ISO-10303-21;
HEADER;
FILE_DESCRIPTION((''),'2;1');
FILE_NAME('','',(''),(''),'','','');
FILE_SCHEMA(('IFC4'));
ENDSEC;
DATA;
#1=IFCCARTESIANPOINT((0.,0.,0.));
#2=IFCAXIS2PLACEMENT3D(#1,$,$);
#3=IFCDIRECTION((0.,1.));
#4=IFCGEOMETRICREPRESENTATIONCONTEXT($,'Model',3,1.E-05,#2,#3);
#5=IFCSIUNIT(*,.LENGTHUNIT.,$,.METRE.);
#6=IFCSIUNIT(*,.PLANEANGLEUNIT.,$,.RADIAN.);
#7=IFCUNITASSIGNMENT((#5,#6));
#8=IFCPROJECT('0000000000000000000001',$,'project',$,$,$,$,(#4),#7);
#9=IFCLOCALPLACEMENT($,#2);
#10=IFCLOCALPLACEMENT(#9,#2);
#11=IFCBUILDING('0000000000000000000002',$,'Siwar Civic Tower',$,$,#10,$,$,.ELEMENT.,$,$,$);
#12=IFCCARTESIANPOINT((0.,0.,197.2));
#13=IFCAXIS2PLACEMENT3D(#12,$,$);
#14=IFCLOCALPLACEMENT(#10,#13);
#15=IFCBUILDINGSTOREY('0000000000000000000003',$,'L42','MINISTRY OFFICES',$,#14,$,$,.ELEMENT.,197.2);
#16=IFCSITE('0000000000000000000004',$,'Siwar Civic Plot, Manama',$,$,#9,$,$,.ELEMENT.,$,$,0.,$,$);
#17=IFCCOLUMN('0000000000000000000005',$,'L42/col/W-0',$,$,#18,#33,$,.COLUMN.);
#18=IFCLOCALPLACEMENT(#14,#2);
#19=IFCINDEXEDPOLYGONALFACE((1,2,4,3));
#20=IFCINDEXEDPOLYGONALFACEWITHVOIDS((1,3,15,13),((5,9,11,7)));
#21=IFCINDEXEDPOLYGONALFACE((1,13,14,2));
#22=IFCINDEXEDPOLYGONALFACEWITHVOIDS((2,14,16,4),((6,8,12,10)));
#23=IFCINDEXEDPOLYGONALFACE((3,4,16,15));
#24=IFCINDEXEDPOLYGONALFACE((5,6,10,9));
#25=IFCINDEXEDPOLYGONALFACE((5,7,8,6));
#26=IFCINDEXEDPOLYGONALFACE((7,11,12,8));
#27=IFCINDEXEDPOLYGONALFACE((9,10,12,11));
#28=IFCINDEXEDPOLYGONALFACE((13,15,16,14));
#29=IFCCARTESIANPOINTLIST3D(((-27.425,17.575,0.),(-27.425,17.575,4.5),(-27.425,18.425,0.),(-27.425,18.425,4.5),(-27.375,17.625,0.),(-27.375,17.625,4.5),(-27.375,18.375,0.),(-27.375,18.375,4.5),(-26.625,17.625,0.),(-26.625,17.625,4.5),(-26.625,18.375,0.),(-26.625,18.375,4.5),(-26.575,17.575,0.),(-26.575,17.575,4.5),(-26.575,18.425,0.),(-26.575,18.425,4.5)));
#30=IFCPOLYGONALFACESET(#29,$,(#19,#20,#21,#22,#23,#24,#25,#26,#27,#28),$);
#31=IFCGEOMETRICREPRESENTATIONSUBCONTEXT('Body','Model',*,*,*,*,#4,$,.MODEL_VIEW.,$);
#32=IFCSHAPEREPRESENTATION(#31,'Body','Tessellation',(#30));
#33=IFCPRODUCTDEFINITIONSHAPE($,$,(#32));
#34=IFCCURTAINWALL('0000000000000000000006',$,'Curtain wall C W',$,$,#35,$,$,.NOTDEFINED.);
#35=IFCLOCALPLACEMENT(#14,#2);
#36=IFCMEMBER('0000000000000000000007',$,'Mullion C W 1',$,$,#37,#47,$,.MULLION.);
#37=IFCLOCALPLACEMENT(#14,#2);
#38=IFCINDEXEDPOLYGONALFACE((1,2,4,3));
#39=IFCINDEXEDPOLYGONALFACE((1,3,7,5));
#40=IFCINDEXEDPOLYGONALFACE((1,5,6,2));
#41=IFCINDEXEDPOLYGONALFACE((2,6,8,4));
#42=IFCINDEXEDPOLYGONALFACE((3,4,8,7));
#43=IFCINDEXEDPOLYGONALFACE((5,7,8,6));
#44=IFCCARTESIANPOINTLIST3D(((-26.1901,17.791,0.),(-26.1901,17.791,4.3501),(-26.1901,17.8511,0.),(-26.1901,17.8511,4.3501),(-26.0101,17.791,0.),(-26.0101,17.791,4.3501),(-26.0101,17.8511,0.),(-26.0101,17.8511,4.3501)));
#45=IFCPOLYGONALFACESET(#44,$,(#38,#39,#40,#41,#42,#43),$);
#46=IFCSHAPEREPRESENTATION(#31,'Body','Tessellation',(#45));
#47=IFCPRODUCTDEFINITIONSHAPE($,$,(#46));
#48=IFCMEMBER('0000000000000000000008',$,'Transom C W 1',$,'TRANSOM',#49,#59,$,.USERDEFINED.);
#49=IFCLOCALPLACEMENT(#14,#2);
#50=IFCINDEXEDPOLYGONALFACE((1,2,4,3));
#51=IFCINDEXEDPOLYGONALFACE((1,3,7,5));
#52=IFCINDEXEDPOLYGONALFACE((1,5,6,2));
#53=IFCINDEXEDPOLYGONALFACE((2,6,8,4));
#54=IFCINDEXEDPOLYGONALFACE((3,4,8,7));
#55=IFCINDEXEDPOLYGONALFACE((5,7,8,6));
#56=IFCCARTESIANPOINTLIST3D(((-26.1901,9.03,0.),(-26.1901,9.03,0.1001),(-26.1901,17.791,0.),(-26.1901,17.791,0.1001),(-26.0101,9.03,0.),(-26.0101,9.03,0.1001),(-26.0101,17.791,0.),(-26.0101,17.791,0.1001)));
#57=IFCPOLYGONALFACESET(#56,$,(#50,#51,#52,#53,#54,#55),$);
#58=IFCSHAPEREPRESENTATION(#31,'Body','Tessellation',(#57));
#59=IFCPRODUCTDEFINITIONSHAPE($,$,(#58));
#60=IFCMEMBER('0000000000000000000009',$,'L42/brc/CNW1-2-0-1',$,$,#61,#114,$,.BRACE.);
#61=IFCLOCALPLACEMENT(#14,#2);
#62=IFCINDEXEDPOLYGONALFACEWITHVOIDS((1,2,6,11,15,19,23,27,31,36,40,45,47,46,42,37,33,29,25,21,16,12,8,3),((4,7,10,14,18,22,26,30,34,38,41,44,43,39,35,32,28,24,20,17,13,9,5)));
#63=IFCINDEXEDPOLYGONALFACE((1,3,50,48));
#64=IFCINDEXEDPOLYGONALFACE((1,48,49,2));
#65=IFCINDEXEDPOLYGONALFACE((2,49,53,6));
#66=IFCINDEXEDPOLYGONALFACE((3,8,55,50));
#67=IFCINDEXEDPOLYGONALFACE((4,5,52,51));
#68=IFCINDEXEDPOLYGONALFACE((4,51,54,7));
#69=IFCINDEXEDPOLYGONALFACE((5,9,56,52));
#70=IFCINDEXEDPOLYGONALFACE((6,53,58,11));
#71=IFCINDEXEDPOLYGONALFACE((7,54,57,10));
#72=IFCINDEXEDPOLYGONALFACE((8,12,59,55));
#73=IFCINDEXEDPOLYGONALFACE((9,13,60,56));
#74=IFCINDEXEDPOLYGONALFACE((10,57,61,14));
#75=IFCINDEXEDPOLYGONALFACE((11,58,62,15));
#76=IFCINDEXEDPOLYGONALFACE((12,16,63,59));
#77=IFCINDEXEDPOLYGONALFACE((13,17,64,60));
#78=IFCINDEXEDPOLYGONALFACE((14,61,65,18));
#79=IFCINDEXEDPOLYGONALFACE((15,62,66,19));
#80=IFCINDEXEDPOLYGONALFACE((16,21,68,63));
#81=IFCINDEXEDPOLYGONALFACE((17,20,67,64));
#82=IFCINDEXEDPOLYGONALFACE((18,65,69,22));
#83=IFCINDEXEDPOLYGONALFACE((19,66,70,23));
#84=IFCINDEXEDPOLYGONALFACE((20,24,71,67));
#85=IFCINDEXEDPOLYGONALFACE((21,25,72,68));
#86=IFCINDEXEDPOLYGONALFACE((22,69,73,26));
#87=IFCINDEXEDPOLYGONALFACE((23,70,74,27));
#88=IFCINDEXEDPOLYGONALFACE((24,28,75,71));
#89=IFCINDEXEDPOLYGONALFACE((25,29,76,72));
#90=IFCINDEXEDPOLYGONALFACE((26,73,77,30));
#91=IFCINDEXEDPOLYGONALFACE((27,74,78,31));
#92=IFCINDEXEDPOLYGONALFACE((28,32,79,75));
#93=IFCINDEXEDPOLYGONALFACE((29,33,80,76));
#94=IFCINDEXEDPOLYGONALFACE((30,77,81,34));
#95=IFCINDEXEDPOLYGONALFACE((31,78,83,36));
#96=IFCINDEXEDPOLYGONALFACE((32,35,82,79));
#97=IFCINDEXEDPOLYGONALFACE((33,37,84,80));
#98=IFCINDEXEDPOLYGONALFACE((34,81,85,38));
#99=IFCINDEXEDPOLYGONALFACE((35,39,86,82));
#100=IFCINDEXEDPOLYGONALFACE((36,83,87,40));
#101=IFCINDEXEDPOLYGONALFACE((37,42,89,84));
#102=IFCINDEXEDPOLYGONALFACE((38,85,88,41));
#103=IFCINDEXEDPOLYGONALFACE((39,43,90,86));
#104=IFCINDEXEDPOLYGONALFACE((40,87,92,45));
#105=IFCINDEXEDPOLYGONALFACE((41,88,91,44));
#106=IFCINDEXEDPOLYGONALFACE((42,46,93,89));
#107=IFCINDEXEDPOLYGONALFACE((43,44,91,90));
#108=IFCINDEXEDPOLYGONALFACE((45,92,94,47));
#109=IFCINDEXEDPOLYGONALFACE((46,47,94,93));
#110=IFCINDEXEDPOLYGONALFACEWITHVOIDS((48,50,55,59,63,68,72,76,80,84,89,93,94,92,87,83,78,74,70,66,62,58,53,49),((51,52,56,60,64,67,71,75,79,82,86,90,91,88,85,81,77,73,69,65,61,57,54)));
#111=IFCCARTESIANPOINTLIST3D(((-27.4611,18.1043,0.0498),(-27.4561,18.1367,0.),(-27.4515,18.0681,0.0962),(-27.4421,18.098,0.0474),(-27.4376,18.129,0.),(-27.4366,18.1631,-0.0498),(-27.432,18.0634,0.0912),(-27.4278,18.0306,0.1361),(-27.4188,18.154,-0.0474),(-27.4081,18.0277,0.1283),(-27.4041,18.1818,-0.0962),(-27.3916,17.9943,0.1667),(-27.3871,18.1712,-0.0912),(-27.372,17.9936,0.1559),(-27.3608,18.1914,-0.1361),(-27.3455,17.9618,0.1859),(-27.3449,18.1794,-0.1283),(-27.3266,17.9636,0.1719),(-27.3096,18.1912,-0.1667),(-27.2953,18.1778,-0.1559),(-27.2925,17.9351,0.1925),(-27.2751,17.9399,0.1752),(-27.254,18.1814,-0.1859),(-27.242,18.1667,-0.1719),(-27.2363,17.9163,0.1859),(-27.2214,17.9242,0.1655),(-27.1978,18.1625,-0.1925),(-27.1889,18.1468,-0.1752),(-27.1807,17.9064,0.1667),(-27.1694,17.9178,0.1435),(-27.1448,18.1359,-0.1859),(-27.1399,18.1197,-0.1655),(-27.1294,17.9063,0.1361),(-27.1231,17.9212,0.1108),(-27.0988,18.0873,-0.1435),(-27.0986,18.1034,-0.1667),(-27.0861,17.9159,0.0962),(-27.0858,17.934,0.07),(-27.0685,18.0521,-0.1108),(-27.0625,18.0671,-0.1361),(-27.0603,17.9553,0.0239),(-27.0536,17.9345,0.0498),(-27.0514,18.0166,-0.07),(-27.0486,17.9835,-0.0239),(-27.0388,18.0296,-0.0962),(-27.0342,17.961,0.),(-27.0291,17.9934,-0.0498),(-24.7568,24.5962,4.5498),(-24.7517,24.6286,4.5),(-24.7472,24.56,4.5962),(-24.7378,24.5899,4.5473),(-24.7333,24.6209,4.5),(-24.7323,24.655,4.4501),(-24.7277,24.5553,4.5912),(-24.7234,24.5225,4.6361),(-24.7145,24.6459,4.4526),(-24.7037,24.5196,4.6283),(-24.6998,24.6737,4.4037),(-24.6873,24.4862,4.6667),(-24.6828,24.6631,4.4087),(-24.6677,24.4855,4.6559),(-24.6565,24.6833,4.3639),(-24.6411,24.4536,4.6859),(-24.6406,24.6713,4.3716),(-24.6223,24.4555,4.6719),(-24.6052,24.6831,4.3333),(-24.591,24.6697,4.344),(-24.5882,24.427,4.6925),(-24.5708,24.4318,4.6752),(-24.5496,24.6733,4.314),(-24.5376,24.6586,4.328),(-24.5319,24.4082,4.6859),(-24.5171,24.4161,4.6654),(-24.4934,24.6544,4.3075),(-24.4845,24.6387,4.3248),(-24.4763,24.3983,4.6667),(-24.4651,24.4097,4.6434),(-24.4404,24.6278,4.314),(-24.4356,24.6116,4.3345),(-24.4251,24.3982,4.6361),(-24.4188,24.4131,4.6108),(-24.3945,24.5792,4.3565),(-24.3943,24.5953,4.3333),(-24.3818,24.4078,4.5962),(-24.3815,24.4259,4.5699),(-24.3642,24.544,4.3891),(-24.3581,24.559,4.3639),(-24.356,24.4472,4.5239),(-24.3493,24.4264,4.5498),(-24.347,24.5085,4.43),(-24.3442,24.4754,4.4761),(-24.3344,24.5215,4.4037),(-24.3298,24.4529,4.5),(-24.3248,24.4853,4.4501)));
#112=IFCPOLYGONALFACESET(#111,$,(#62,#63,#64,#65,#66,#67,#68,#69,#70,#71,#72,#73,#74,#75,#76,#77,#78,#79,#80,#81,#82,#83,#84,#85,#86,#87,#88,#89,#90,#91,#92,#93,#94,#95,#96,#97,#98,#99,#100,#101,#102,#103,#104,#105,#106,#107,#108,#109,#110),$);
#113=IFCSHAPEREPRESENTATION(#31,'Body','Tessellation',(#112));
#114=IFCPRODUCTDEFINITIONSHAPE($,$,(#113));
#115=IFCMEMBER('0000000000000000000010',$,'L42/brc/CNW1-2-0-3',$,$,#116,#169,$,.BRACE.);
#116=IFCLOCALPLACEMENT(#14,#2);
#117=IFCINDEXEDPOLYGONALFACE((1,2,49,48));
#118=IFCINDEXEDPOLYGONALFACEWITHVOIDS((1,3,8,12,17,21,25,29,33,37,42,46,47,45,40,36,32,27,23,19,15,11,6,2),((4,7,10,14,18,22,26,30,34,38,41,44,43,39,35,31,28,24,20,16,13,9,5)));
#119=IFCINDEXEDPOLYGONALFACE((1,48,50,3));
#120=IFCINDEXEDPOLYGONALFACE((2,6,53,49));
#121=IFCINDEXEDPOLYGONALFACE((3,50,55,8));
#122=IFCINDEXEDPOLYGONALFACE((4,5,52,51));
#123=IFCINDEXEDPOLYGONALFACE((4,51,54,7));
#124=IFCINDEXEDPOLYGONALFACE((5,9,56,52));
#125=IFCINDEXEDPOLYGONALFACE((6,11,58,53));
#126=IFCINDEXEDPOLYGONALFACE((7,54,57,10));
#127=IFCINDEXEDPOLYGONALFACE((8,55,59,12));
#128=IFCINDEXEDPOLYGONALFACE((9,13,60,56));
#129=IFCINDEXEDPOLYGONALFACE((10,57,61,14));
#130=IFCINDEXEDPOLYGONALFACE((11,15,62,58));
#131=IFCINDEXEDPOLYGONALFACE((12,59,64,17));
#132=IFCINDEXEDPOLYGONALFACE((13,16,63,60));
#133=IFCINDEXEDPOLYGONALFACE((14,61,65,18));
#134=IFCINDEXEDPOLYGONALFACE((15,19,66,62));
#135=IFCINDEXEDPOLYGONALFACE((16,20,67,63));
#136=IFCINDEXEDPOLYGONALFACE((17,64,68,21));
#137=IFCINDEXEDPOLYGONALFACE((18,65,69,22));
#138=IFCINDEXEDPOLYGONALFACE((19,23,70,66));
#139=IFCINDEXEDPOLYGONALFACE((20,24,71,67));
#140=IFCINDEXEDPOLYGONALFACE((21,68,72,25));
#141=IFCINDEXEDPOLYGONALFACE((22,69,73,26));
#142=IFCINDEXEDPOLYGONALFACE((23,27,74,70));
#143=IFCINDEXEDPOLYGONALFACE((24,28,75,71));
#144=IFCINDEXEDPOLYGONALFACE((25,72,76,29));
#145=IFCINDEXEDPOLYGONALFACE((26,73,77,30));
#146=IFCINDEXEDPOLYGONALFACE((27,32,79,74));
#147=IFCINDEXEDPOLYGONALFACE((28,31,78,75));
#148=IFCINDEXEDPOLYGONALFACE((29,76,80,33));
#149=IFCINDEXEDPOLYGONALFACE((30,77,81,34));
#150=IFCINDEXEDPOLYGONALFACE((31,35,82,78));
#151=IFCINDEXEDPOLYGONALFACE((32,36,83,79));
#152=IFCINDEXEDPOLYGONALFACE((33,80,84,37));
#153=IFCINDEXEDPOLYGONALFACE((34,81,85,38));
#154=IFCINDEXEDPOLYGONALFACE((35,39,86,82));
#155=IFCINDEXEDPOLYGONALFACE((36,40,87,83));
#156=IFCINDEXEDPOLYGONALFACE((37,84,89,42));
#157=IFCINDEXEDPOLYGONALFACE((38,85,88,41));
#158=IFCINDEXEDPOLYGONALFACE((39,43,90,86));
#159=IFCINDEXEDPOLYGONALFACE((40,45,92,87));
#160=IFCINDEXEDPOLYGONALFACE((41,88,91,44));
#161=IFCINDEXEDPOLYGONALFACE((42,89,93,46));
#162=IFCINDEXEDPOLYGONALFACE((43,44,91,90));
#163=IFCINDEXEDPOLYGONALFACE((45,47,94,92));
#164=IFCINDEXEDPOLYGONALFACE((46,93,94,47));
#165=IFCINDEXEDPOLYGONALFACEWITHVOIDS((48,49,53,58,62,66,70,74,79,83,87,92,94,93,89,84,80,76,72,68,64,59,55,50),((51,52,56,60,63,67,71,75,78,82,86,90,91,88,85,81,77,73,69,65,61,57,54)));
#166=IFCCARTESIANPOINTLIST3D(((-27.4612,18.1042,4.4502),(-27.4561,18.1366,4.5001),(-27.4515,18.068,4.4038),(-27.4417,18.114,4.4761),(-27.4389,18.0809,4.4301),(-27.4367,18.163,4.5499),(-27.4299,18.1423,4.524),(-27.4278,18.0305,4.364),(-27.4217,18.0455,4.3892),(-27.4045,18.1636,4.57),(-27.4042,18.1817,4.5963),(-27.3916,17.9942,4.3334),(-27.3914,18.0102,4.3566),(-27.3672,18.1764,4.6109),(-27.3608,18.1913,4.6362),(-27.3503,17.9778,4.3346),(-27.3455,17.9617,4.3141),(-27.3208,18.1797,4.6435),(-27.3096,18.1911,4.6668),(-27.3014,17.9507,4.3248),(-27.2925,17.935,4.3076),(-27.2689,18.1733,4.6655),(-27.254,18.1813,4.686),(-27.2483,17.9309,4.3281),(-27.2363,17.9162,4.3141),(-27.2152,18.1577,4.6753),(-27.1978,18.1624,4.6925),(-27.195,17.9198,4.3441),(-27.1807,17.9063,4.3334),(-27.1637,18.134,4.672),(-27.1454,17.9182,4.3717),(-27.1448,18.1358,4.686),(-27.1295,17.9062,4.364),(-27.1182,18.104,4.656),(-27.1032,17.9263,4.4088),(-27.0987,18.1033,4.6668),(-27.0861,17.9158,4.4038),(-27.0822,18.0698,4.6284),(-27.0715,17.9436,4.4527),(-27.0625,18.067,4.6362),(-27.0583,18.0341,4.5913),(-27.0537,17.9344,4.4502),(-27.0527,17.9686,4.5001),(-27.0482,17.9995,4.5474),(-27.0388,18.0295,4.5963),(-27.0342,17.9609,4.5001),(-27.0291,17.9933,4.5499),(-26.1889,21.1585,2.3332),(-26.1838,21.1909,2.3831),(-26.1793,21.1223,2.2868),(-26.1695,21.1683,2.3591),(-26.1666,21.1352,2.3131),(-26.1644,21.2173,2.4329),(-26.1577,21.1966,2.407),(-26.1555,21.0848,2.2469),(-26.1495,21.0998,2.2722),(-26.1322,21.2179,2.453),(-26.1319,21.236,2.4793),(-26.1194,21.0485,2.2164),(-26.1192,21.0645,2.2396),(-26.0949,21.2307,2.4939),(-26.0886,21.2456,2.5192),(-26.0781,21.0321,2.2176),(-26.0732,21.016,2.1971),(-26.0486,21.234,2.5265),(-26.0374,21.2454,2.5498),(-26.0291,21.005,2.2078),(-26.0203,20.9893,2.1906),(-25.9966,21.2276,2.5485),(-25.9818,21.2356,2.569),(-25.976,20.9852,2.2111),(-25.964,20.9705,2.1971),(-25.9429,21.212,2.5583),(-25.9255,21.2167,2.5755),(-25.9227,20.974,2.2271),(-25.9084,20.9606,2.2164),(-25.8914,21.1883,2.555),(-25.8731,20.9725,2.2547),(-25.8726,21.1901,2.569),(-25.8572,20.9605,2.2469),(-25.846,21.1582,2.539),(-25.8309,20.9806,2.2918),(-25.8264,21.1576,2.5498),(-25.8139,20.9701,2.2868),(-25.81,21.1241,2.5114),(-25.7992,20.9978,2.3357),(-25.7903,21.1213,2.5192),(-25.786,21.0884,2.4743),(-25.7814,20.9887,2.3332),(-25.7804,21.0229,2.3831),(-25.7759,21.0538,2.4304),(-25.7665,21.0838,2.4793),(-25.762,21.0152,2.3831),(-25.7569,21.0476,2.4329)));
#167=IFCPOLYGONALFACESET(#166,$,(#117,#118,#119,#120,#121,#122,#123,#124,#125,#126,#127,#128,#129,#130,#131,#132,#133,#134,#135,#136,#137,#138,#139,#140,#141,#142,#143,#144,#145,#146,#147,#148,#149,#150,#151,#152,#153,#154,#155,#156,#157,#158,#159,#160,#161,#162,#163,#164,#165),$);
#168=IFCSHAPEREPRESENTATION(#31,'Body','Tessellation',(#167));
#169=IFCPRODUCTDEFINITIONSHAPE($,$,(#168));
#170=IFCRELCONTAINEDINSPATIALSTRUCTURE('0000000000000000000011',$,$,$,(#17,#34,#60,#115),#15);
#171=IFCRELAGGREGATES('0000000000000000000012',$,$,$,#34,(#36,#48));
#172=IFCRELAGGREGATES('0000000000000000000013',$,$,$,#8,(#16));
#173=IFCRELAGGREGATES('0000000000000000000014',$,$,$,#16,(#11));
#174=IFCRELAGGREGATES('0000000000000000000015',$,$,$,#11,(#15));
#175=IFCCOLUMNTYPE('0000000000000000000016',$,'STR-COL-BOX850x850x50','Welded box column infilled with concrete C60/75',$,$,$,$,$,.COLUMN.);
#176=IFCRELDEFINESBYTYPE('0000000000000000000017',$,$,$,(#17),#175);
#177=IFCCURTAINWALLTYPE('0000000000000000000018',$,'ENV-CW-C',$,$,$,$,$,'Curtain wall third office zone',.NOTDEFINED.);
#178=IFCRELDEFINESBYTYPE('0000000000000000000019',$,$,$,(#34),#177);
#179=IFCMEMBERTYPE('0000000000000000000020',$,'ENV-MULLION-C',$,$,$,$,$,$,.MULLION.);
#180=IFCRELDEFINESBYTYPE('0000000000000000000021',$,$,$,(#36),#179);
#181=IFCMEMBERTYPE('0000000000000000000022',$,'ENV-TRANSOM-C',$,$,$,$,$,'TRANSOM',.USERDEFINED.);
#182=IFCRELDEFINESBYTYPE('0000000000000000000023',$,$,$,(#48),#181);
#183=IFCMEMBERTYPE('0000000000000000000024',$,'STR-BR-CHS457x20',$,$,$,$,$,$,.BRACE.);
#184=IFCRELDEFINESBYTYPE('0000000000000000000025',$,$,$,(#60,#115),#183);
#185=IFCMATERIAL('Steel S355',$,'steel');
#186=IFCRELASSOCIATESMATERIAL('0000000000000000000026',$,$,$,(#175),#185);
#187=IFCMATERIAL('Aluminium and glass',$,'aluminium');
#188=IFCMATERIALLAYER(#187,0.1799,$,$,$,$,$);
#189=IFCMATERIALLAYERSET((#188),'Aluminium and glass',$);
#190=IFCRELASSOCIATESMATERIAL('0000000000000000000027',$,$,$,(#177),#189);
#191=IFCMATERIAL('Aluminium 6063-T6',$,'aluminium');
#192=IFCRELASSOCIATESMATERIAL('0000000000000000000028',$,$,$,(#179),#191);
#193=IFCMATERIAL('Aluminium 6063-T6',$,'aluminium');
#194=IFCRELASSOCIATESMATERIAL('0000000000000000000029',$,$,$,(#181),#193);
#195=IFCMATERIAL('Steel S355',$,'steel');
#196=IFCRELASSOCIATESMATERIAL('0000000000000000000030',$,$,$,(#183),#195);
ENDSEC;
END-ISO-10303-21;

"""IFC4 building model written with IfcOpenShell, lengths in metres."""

from ifc_helpers import new_model, si_unit, direction, frame, origin, origin_2d, place, context, subcontext, project, spatial, rectangle, hollow_rectangle, hollow_circle, extrude, material, layer, layer_set, material_profile, profile_set, type_object, element, aggregate, save


model = new_model("IFC4")

# Units and contexts
model_context = context("Model", 3, precision=1e-05, world=origin(), true_north=direction((0.0, 1.0)))
body_context = subcontext(model_context, "Body", "Model", "MODEL_VIEW")
ifc_project = project(units=[si_unit("LENGTHUNIT", "METRE"), si_unit("PLANEANGLEUNIT", "RADIAN")], contexts=[model_context])

# Site, building, storey
site_placement = place(None, origin())
site = spatial("IfcSite", under=ifc_project, at=site_placement, Name="Siwar Civic Plot, Manama", CompositionType="ELEMENT", RefElevation=0.0)
building_placement = place(site_placement, origin())
building = spatial("IfcBuilding", under=site, at=building_placement, Name="Siwar Civic Tower", CompositionType="ELEMENT")
storey_placement = place(building_placement, frame((0.0, 0.0, 197.2)))
storey = spatial("IfcBuildingStorey", under=building, at=storey_placement, Name="L42", Description="MINISTRY OFFICES", CompositionType="ELEMENT", Elevation=197.2)

# Column
ifc_material_1 = material(Name="Steel S355", Category="steel")
ifc_material_profile_1 = material_profile(ifc_material_1, hollow_rectangle(XDim=0.8501, YDim=0.8501, WallThickness=0.05, at=origin_2d()), Name="BOX850x850x50")
ifc_profile_set_1 = profile_set([ifc_material_profile_1], Name="Steel S355")
column_type = type_object("IfcColumnType", Name="STR-COL-BOX850x850x50", Description="Welded box column infilled with concrete C60/75", PredefinedType="COLUMN", material=ifc_profile_set_1)
column_placement = place(storey_placement, frame((-27.0, 18.0, 0.0), z_axis=(0.0, 0.0, 1.0), x_axis=(1.0, 0.0, 0.0)))
element("IfcColumn", 1, at=column_placement, inside=storey, type_object=column_type, Name="L42/col/W-0", PredefinedType="COLUMN", context=body_context, shape_type="SweptSolid", body=[
    extrude(hollow_rectangle(XDim=0.8501, YDim=0.8501, WallThickness=0.05, at=origin_2d()), origin(), (0.0, 0.0, 1.0), 4.5),
])

# Curtain wall, members
ifc_material_2 = material(Name="Aluminium and glass", Category="aluminium")
ifc_layer_1 = layer(ifc_material_2, 0.1799)
ifc_layer_set_1 = layer_set([ifc_layer_1], Name="Aluminium and glass")
curtain_wall_type_1 = type_object("IfcCurtainWallType", Name="ENV-CW-C", ElementType="Curtain wall third office zone", PredefinedType="NOTDEFINED", material=ifc_layer_set_1)
curtain_wall_1_placement = place(storey_placement, origin())
curtain_wall_1 = element("IfcCurtainWall", 2, at=curtain_wall_1_placement, inside=storey, type_object=curtain_wall_type_1, Name="Curtain wall C W", PredefinedType="NOTDEFINED")
ifc_material_3 = material(Name="Aluminium 6063-T6", Category="aluminium")
ifc_material_profile_2 = material_profile(ifc_material_3, rectangle(XDim=0.1799, YDim=0.0601, at=origin_2d()), Name="AL 180x60")
ifc_profile_set_2 = profile_set([ifc_material_profile_2], Name="Aluminium 6063-T6")
member_type_1 = type_object("IfcMemberType", Name="ENV-MULLION-C", PredefinedType="MULLION", material=ifc_profile_set_2)
member_1_placement = place(storey_placement, frame((-26.1001, 17.821, 0.0), z_axis=(0.0, 0.0, 1.0), x_axis=(1.0, 0.0, 0.0)))
member_1 = element("IfcMember", 3, at=member_1_placement, type_object=member_type_1, Name="Mullion C W 1", PredefinedType="MULLION", context=body_context, shape_type="SweptSolid", body=[
    extrude(rectangle(XDim=0.1799, YDim=0.0601, at=origin_2d()), origin(), (0.0, 0.0, 1.0), 4.3501),
])
ifc_material_4 = material(Name="Aluminium 6063-T6", Category="aluminium")
ifc_material_profile_3 = material_profile(ifc_material_4, rectangle(XDim=0.1799, YDim=0.1001, at=origin_2d()), Name="AL 180x100")
ifc_profile_set_3 = profile_set([ifc_material_profile_3], Name="Aluminium 6063-T6")
member_type_2 = type_object("IfcMemberType", Name="ENV-TRANSOM-C", ElementType="TRANSOM", PredefinedType="USERDEFINED", material=ifc_profile_set_3)
member_2_placement = place(storey_placement, frame((-26.1001, 17.791, 0.05), z_axis=(0.0, -1.0, 0.0), x_axis=(1.0, 0.0, 0.0)))
member_2 = element("IfcMember", 4, at=member_2_placement, type_object=member_type_2, Name="Transom C W 1", ObjectType="TRANSOM", PredefinedType="USERDEFINED", context=body_context, shape_type="SweptSolid", body=[
    extrude(rectangle(XDim=0.1799, YDim=0.1001, at=origin_2d()), origin(), (0.0, 0.0, 1.0), 8.761),
])
aggregate(curtain_wall_1, [member_1, member_2])

# Members
ifc_material_5 = material(Name="Steel S355", Category="steel")
ifc_material_profile_4 = material_profile(ifc_material_5, hollow_circle(Radius=0.2285, WallThickness=0.02, at=origin_2d()), Name="CHS457x20")
ifc_profile_set_4 = profile_set([ifc_material_profile_4], Name="Steel S355")
member_type_3 = type_object("IfcMemberType", Name="STR-BR-CHS457x20", PredefinedType="BRACE", material=ifc_profile_set_4)
member_3_placement = place(storey_placement, frame((-27.2451, 18.0488, 0.0), z_axis=(0.323906, 0.777555, 0.538975), x_axis=(-0.923109, 0.384539, 0.0)))
element("IfcMember", 5, at=member_3_placement, inside=storey, type_object=member_type_3, Name="L42/brc/CNW1-2-0-1", PredefinedType="BRACE", context=body_context, shape_type="SweptSolid", body=[
    extrude(hollow_circle(Radius=0.2285, WallThickness=0.02, at=origin_2d()), origin(), (0.0, 0.0, 1.0), 8.3491),
])
member_4_placement = place(storey_placement, frame((-25.9729, 21.103, 2.3831), z_axis=(-0.323895, -0.777572, 0.538955), x_axis=(0.923116, -0.384521, 0.0)))
element("IfcMember", 6, at=member_4_placement, inside=storey, type_object=member_type_3, Name="L42/brc/CNW1-2-0-3", PredefinedType="BRACE", context=body_context, shape_type="SweptSolid", body=[
    extrude(hollow_circle(Radius=0.2285, WallThickness=0.02, at=origin_2d()), origin(), (0.0, 0.0, 1.0), 3.928),
])

save(model, "model.ifc")
